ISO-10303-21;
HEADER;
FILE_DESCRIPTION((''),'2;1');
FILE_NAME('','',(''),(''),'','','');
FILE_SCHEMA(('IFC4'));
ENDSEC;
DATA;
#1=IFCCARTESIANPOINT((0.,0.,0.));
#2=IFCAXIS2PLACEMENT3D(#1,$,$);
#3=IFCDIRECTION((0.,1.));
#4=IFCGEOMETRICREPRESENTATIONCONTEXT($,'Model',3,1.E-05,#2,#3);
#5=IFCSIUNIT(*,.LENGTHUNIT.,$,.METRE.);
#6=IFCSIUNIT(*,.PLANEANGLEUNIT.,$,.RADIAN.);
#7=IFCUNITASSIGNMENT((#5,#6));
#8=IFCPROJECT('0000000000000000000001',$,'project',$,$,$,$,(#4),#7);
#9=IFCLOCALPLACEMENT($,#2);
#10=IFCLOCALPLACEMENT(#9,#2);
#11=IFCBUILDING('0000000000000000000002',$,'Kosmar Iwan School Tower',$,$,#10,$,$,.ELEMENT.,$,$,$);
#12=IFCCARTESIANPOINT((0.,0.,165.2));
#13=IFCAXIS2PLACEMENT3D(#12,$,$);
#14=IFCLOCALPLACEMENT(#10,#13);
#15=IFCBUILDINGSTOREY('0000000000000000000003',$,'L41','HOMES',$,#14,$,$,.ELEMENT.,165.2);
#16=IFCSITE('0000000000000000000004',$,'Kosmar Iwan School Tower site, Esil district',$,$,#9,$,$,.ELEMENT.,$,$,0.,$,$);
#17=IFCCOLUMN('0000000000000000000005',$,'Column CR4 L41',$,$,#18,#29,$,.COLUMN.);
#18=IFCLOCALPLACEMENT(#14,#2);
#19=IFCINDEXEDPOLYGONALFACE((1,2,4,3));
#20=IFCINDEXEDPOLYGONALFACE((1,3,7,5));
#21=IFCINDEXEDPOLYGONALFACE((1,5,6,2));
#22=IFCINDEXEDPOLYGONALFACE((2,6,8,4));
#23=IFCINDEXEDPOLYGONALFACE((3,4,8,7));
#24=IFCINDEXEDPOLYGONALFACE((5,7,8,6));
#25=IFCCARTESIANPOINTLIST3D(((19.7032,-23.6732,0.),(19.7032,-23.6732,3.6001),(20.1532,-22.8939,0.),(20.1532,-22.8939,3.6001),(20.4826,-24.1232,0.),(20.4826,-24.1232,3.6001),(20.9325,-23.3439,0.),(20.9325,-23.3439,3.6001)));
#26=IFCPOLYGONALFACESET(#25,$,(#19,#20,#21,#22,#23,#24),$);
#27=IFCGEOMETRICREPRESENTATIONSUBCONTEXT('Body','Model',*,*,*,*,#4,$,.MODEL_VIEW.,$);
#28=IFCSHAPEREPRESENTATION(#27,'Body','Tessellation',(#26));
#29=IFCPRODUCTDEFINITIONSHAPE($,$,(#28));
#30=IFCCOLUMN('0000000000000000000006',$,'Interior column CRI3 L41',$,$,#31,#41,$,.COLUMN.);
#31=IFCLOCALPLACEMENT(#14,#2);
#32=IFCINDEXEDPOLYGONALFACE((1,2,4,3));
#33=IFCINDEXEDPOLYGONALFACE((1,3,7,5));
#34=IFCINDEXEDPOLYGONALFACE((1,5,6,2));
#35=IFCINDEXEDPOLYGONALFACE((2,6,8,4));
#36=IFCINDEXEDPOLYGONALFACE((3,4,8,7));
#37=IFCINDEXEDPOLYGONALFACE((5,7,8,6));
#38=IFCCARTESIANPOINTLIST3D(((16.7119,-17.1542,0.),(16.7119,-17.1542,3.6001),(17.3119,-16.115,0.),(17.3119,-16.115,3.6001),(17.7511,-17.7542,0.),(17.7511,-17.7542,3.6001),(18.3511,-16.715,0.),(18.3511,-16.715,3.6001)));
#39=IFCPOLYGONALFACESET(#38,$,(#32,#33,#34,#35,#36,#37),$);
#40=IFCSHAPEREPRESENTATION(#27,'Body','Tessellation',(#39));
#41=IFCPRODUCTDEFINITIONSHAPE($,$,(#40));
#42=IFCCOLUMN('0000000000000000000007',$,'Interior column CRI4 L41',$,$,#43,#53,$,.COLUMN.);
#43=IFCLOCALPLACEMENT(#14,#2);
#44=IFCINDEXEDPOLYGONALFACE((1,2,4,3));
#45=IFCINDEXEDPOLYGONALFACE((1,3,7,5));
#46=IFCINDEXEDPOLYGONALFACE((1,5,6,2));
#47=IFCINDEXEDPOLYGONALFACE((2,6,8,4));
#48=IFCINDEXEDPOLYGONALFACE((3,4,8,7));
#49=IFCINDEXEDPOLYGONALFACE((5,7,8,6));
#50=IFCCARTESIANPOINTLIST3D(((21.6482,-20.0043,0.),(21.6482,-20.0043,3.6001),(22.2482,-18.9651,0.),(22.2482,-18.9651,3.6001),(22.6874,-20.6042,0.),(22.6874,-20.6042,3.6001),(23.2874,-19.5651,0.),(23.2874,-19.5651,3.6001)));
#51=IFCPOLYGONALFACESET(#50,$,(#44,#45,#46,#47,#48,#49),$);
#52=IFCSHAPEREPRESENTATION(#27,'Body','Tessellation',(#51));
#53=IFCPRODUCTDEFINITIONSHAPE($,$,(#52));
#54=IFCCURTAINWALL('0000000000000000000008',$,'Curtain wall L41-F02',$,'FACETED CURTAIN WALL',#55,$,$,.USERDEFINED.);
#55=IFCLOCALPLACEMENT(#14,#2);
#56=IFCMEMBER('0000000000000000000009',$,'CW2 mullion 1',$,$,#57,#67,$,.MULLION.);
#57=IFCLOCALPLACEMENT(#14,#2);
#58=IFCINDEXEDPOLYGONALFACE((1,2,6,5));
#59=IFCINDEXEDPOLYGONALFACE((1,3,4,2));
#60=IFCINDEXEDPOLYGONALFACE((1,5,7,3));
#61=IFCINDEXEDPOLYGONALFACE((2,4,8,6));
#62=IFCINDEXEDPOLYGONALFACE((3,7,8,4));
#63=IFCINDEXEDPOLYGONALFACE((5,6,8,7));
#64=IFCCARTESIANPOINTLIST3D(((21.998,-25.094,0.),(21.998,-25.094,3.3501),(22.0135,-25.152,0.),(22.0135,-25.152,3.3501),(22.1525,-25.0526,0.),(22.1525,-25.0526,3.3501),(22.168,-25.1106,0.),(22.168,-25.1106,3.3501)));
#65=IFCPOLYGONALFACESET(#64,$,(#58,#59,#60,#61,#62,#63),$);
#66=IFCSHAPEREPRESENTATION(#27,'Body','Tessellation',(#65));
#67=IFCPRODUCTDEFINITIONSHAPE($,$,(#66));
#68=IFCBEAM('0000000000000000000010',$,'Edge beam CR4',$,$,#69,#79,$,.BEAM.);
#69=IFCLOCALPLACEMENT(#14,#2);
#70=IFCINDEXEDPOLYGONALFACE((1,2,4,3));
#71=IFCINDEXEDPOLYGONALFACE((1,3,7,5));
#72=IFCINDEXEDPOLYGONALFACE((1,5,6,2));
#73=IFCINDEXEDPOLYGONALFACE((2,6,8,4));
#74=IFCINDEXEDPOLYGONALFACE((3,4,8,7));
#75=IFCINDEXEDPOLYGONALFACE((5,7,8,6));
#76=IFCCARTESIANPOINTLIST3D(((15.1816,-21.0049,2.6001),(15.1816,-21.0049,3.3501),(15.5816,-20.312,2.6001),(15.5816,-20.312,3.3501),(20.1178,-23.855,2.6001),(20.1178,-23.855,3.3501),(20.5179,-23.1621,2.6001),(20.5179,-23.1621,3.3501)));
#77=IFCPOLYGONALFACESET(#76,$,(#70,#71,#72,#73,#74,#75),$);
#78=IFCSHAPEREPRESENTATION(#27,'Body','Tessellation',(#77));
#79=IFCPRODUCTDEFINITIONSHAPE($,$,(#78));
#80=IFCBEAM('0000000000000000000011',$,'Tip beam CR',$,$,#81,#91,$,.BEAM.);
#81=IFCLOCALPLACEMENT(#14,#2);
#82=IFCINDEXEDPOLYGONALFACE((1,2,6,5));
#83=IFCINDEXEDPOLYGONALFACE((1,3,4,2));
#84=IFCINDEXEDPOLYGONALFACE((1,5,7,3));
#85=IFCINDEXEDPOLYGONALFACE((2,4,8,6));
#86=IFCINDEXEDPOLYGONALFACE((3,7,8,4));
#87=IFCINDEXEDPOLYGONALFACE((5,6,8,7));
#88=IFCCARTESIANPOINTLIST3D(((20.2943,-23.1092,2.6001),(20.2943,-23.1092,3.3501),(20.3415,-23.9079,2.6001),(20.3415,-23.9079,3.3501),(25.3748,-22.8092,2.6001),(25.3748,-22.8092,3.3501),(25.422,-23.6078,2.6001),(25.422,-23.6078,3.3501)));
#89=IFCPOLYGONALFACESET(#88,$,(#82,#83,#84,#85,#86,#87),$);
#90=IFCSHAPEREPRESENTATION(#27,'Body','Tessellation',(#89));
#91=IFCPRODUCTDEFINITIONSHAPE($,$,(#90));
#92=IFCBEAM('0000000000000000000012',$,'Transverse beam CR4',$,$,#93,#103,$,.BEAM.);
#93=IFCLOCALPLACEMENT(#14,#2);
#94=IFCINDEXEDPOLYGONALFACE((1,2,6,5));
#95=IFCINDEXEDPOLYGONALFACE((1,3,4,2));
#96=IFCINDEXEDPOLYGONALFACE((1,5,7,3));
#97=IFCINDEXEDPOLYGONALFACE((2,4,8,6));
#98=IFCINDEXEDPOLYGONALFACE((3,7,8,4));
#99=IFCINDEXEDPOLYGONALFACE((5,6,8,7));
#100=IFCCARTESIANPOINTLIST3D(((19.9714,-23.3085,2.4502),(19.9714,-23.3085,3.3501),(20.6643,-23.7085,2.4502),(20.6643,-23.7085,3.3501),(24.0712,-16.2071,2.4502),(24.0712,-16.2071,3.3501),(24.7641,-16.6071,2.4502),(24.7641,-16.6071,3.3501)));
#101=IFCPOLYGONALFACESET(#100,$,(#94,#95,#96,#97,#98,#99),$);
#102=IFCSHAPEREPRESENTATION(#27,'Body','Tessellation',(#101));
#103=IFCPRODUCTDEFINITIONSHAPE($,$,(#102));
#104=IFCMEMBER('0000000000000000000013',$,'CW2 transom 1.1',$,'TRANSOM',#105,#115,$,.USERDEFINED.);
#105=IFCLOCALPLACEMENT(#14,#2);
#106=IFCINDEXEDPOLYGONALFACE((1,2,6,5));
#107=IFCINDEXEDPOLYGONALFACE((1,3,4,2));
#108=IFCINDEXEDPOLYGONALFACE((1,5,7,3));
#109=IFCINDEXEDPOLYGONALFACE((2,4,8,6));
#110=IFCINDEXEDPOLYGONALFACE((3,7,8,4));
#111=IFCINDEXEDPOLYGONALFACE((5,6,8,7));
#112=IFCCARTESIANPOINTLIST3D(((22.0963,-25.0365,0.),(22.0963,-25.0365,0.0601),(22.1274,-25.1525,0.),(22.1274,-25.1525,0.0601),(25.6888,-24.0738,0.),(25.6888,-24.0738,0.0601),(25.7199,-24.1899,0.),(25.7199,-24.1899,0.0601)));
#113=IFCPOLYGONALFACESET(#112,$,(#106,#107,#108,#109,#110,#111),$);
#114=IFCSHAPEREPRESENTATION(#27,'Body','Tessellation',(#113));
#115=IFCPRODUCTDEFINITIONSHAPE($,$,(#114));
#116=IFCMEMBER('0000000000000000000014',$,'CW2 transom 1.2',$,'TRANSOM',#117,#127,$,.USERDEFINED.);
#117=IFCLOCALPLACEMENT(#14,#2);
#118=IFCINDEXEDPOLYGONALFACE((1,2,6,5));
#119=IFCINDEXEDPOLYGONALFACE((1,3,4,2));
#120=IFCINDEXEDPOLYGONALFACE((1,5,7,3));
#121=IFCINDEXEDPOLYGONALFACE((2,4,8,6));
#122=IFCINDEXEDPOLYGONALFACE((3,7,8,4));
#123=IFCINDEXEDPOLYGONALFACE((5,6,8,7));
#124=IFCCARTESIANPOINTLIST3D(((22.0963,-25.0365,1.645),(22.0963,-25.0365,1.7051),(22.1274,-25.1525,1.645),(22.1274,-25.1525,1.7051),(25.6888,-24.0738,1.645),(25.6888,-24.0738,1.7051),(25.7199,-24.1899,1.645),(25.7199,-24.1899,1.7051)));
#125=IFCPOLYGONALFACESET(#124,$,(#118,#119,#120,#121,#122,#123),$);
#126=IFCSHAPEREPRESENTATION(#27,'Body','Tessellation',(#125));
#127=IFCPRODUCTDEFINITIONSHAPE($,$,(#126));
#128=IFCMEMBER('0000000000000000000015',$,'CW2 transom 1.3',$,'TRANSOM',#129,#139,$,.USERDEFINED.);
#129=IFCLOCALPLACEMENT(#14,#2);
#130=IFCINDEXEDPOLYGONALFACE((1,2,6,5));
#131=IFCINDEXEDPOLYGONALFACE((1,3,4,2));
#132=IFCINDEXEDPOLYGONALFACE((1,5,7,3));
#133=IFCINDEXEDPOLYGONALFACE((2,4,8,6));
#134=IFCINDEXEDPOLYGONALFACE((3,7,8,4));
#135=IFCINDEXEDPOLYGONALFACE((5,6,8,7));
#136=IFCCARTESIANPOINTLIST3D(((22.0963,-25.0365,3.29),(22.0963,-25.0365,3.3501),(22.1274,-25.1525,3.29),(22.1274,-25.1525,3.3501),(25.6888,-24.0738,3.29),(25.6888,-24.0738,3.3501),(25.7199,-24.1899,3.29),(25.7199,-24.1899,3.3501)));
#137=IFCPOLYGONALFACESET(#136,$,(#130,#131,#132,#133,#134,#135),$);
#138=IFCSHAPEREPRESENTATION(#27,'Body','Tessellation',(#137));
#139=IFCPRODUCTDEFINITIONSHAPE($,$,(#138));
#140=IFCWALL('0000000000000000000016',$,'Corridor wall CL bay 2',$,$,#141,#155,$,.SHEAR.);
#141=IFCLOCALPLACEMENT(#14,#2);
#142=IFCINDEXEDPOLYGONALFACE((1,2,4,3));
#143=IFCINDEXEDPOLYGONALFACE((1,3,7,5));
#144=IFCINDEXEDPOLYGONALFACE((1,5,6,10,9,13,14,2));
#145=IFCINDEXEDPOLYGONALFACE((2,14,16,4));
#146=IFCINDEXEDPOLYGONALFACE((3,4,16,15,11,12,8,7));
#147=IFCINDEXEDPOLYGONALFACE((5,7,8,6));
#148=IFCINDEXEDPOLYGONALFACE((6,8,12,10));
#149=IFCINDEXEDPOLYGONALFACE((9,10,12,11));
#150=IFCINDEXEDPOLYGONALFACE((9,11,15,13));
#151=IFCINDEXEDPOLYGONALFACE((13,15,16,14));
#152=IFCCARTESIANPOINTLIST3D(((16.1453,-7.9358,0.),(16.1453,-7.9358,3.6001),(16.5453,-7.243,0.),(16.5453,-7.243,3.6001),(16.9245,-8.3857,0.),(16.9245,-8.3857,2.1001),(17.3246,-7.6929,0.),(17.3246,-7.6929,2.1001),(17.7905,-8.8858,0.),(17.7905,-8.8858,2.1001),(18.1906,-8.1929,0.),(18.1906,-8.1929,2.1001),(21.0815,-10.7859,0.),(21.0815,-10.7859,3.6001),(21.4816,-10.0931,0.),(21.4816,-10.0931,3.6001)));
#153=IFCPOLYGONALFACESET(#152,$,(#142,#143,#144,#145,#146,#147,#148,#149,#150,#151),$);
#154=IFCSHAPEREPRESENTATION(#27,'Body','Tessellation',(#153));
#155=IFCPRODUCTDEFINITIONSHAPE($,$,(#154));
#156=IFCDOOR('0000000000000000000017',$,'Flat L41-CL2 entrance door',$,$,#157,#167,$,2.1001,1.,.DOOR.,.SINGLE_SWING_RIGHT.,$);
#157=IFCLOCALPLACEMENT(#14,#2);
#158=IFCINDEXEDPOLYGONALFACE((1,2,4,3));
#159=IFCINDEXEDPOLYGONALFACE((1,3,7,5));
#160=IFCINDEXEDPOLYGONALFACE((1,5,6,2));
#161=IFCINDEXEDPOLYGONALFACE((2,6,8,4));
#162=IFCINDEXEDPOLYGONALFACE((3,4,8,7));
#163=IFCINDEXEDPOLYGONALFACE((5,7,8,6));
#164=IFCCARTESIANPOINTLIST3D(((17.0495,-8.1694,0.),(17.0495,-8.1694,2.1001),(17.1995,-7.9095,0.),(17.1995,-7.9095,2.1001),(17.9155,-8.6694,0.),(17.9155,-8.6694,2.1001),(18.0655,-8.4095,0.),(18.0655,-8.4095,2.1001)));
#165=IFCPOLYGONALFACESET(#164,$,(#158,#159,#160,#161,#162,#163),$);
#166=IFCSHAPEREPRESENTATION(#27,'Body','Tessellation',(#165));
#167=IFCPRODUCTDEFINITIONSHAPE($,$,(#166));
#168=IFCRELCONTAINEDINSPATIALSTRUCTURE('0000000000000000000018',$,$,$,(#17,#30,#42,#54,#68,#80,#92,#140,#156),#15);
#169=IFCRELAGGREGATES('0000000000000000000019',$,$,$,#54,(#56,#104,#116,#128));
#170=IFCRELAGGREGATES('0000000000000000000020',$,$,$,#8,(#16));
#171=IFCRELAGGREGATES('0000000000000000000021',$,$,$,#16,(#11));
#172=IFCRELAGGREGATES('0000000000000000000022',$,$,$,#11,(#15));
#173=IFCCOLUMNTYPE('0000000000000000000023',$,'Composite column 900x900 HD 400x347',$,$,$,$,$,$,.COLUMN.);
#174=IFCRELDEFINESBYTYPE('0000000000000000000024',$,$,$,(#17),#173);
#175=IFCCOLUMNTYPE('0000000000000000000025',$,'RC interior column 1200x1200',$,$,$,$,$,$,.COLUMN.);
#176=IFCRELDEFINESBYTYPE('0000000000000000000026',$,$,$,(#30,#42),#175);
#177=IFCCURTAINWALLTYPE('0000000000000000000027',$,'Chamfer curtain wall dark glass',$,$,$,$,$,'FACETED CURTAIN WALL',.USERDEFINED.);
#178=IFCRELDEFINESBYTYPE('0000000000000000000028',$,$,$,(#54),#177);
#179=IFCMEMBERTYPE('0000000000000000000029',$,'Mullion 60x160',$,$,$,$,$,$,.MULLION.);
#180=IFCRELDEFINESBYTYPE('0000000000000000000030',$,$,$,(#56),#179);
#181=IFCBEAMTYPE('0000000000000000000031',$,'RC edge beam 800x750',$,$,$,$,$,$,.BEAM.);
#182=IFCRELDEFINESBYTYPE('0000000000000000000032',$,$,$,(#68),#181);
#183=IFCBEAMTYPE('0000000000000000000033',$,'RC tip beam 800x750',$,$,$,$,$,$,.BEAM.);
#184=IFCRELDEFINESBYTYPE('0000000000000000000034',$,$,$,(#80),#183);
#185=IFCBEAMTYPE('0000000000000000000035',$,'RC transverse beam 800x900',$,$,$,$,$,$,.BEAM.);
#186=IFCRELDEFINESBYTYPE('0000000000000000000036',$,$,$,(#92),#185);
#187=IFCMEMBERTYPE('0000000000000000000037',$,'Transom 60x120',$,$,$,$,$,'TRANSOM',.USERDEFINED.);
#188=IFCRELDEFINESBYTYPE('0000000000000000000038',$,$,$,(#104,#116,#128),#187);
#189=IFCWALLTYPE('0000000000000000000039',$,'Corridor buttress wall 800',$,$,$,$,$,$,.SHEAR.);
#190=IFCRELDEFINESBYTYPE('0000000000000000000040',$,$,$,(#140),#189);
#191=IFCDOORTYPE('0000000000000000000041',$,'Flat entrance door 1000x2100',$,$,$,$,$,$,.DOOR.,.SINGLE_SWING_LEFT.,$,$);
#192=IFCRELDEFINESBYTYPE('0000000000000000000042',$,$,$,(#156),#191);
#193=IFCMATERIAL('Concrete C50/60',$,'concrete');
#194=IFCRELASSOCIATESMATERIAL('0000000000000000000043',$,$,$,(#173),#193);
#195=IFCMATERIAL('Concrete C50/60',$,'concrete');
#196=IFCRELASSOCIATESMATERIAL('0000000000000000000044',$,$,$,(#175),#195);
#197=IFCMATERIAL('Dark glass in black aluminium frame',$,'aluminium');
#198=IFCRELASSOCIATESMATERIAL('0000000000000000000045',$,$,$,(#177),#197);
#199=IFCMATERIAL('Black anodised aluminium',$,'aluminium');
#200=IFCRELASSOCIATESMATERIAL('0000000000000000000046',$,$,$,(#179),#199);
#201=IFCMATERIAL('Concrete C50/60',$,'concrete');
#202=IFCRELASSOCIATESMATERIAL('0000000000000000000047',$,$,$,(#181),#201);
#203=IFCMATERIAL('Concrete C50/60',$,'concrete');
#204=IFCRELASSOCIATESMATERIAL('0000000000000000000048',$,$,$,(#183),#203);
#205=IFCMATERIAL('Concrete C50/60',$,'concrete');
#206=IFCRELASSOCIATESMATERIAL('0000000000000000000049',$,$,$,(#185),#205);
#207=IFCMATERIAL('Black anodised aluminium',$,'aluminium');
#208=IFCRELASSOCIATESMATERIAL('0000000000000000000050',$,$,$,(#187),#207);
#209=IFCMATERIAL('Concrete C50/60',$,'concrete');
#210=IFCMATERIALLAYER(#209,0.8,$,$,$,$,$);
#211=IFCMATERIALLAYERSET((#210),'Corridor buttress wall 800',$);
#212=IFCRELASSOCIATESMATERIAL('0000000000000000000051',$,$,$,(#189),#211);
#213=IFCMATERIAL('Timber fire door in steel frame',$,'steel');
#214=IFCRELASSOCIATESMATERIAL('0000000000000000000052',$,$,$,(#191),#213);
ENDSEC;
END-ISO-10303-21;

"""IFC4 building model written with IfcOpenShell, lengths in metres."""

from ifc_helpers import new_model, si_unit, direction, frame, frame_2d, origin, origin_2d, place, context, subcontext, project, spatial, rectangle, extrude, material, layer, layer_set, material_profile, profile_set, type_object, element, fill, aggregate, save


model = new_model("IFC4")

# Units and contexts
model_context = context("Model", 3, precision=1e-05, world=origin(), true_north=direction((0.0, 1.0)))
body_context = subcontext(model_context, "Body", "Model", "MODEL_VIEW")
ifc_project = project(units=[si_unit("LENGTHUNIT", "METRE"), si_unit("PLANEANGLEUNIT", "RADIAN")], contexts=[model_context])

# Site, building, storey
site_placement = place(None, origin())
site = spatial("IfcSite", under=ifc_project, at=site_placement, Name="Kosmar Iwan School Tower site, Esil district", CompositionType="ELEMENT", RefElevation=0.0)
building_placement = place(site_placement, origin())
building = spatial("IfcBuilding", under=site, at=building_placement, Name="Kosmar Iwan School Tower", CompositionType="ELEMENT")
storey_placement = place(building_placement, frame((0.0, 0.0, 165.2)))
storey = spatial("IfcBuildingStorey", under=building, at=storey_placement, Name="L41", Description="HOMES", CompositionType="ELEMENT", Elevation=165.2)

# Columns
ifc_material_1 = material(Name="Concrete C50/60", Category="concrete")
ifc_material_profile_1 = material_profile(ifc_material_1, rectangle(XDim=0.8999, YDim=0.8999, at=origin_2d()), Name="RC 900x900 + HD 400x347")
ifc_profile_set_1 = profile_set([ifc_material_profile_1], Name="Concrete C50/60")
column_type_1 = type_object("IfcColumnType", Name="Composite column 900x900 HD 400x347", PredefinedType="COLUMN", material=ifc_profile_set_1)
column_placement = place(storey_placement, frame((20.3179, -23.5085, 0.0), z_axis=(0.0, 0.0, 1.0), x_axis=(0.866025, -0.5, 0.0)))
element("IfcColumn", 1, at=column_placement, inside=storey, type_object=column_type_1, Name="Column CR4 L41", PredefinedType="COLUMN", context=body_context, shape_type="SweptSolid", body=[
    extrude(rectangle(XDim=0.8999, YDim=0.8999, at=origin_2d()), origin(), (0.0, 0.0, 1.0), 3.6001),
])
ifc_material_2 = material(Name="Concrete C50/60", Category="concrete")
ifc_material_profile_2 = material_profile(ifc_material_2, rectangle(XDim=1.2, YDim=1.2, at=origin_2d()), Name="RC 1200x1200")
ifc_profile_set_2 = profile_set([ifc_material_profile_2], Name="Concrete C50/60")
column_type_2 = type_object("IfcColumnType", Name="RC interior column 1200x1200", PredefinedType="COLUMN", material=ifc_profile_set_2)
for number, where, z_axis, x_axis, name in (
    (2, (17.5315, -16.9346, 0.0), (0.0, 0.0, 1.0), (0.866025, -0.5, 0.0), "Interior column CRI3 L41"),
    (3, (22.4678, -19.7847, 0.0), (0.0, 0.0, 1.0), (0.866025, -0.5, 0.0), "Interior column CRI4 L41"),
):
    element("IfcColumn", number, at=place(storey_placement, frame(where, z_axis=z_axis, x_axis=x_axis)), inside=storey, type_object=column_type_2, Name=name, PredefinedType="COLUMN", context=body_context, shape_type="SweptSolid", body=[
        extrude(rectangle(XDim=1.2, YDim=1.2, at=origin_2d()), origin(), (0.0, 0.0, 1.0), 3.6001),
    ])

# Curtain wall, member
ifc_material_3 = material(Name="Dark glass in black aluminium frame", Category="aluminium")
curtain_wall_type = type_object("IfcCurtainWallType", Name="Chamfer curtain wall dark glass", ElementType="FACETED CURTAIN WALL", PredefinedType="USERDEFINED", material=ifc_material_3)
curtain_wall_placement = place(storey_placement, origin())
curtain_wall = element("IfcCurtainWall", 4, at=curtain_wall_placement, inside=storey, type_object=curtain_wall_type, Name="Curtain wall L41-F02", ObjectType="FACETED CURTAIN WALL", PredefinedType="USERDEFINED")
ifc_material_4 = material(Name="Black anodised aluminium", Category="aluminium")
ifc_material_profile_3 = material_profile(ifc_material_4, rectangle(XDim=0.0601, YDim=0.1599, at=origin_2d()), Name="MULLION 60x160")
ifc_profile_set_3 = profile_set([ifc_material_profile_3], Name="Black anodised aluminium")
member_type_1 = type_object("IfcMemberType", Name="Mullion 60x160", PredefinedType="MULLION", material=ifc_profile_set_3)
member_1_placement = place(storey_placement, frame((22.083, -25.1023, 0.0), z_axis=(0.0, 0.0, 1.0), x_axis=(-0.258819, 0.965926, 0.0)))
member_1 = element("IfcMember", 5, at=member_1_placement, type_object=member_type_1, Name="CW2 mullion 1", PredefinedType="MULLION", context=body_context, shape_type="SweptSolid", body=[
    extrude(rectangle(XDim=0.0601, YDim=0.1599, at=origin_2d()), origin(), (0.0, 0.0, 1.0), 3.3501),
])

# Beams
ifc_material_5 = material(Name="Concrete C50/60", Category="concrete")
ifc_material_profile_4 = material_profile(ifc_material_5, rectangle(XDim=0.8, YDim=0.75, at=origin_2d()), Name="RC 800x750")
ifc_profile_set_4 = profile_set([ifc_material_profile_4], Name="Concrete C50/60")
beam_type_1 = type_object("IfcBeamType", Name="RC edge beam 800x750", PredefinedType="BEAM", material=ifc_profile_set_4)
beam_1_placement = place(storey_placement, frame((15.3816, -20.6584, 2.9751), z_axis=(0.866015, -0.500018, 0.0), x_axis=(0.500018, 0.866015, 0.0)))
element("IfcBeam", 6, at=beam_1_placement, inside=storey, type_object=beam_type_1, Name="Edge beam CR4", PredefinedType="BEAM", context=body_context, shape_type="SweptSolid", body=[
    extrude(rectangle(XDim=0.8, YDim=0.75, at=origin_2d()), origin(), (0.0, 0.0, 1.0), 5.7),
])
ifc_material_6 = material(Name="Concrete C50/60", Category="concrete")
ifc_material_profile_5 = material_profile(ifc_material_6, rectangle(XDim=0.8, YDim=0.75, at=origin_2d()), Name="RC 800x750")
ifc_profile_set_5 = profile_set([ifc_material_profile_5], Name="Concrete C50/60")
beam_type_2 = type_object("IfcBeamType", Name="RC tip beam 800x750", PredefinedType="BEAM", material=ifc_profile_set_5)
beam_2_placement = place(storey_placement, frame((20.3179, -23.5085, 2.9751), z_axis=(0.998261, 0.058955, 0.0), x_axis=(-0.058955, 0.998261, 0.0)))
element("IfcBeam", 7, at=beam_2_placement, inside=storey, type_object=beam_type_2, Name="Tip beam CR", PredefinedType="BEAM", context=body_context, shape_type="SweptSolid", body=[
    extrude(rectangle(XDim=0.8, YDim=0.75, at=origin_2d()), origin(), (0.0, 0.0, 1.0), 5.0894),
])
ifc_material_7 = material(Name="Concrete C50/60", Category="concrete")
ifc_material_profile_6 = material_profile(ifc_material_7, rectangle(XDim=0.8, YDim=0.8999, at=origin_2d()), Name="RC 800x900")
ifc_profile_set_6 = profile_set([ifc_material_profile_6], Name="Concrete C50/60")
beam_type_3 = type_object("IfcBeamType", Name="RC transverse beam 800x900", PredefinedType="BEAM", material=ifc_profile_set_6)
beam_3_placement = place(storey_placement, frame((20.3179, -23.5085, 2.9001), z_axis=(0.499978, 0.866038, 0.0), x_axis=(-0.866038, 0.499978, 0.0)))
element("IfcBeam", 8, at=beam_3_placement, inside=storey, type_object=beam_type_3, Name="Transverse beam CR4", PredefinedType="BEAM", context=body_context, shape_type="SweptSolid", body=[
    extrude(rectangle(XDim=0.8, YDim=0.8999, at=origin_2d()), origin(), (0.0, 0.0, 1.0), 8.2),
])

# Members
ifc_material_8 = material(Name="Black anodised aluminium", Category="aluminium")
ifc_material_profile_7 = material_profile(ifc_material_8, rectangle(XDim=0.1201, YDim=0.0601, at=origin_2d()), Name="TRANSOM 60x120")
ifc_profile_set_7 = profile_set([ifc_material_profile_7], Name="Black anodised aluminium")
member_type_2 = type_object("IfcMemberType", Name="Transom 60x120", ElementType="TRANSOM", PredefinedType="USERDEFINED", material=ifc_profile_set_7)
member_2_placement = place(storey_placement, frame((22.1118, -25.0945, 0.03), z_axis=(0.965924, 0.258827, 0.0), x_axis=(-0.258827, 0.965924, 0.0)))
member_2 = element("IfcMember", 9, at=member_2_placement, type_object=member_type_2, Name="CW2 transom 1.1", ObjectType="TRANSOM", PredefinedType="USERDEFINED", context=body_context, shape_type="SweptSolid", body=[
    extrude(rectangle(XDim=0.1201, YDim=0.0601, at=origin_2d()), origin(), (0.0, 0.0, 1.0), 3.7192),
])
member_3_placement = place(storey_placement, frame((22.1118, -25.0945, 1.675), z_axis=(0.965924, 0.258827, 0.0), x_axis=(-0.258827, 0.965924, 0.0)))
member_3 = element("IfcMember", 10, at=member_3_placement, type_object=member_type_2, Name="CW2 transom 1.2", ObjectType="TRANSOM", PredefinedType="USERDEFINED", context=body_context, shape_type="SweptSolid", body=[
    extrude(rectangle(XDim=0.1201, YDim=0.0601, at=origin_2d()), origin(), (0.0, 0.0, 1.0), 3.7192),
])
member_4_placement = place(storey_placement, frame((22.1118, -25.0945, 3.3201), z_axis=(0.965924, 0.258827, 0.0), x_axis=(-0.258827, 0.965924, 0.0)))
member_4 = element("IfcMember", 11, at=member_4_placement, type_object=member_type_2, Name="CW2 transom 1.3", ObjectType="TRANSOM", PredefinedType="USERDEFINED", context=body_context, shape_type="SweptSolid", body=[
    extrude(rectangle(XDim=0.1201, YDim=0.0601, at=origin_2d()), origin(), (0.0, 0.0, 1.0), 3.7192),
])
aggregate(curtain_wall, [member_1, member_2, member_3, member_4])

# Wall, opening, door
ifc_material_9 = material(Name="Concrete C50/60", Category="concrete")
ifc_layer_1 = layer(ifc_material_9, 0.8)
ifc_layer_set_1 = layer_set([ifc_layer_1], Name="Corridor buttress wall 800")
wall_type_1 = type_object("IfcWallType", Name="Corridor buttress wall 800", PredefinedType="SHEAR", material=ifc_layer_set_1)
wall_1_placement = place(storey_placement, frame((16.3452, -7.5894, 0.0), z_axis=(0.0, 0.0, 1.0), x_axis=(0.866015, -0.500018, 0.0)))
wall_1 = element("IfcWall", 12, at=wall_1_placement, inside=storey, type_object=wall_type_1, Name="Corridor wall CL bay 2", PredefinedType="SHEAR", context=body_context, shape_type="SweptSolid", body=[
    extrude(rectangle(XDim=5.7, YDim=0.8, at=frame_2d((2.8501, 0.0))), origin(), (0.0, 0.0, 1.0), 3.6001),
])
opening_1_placement = place(wall_1_placement, frame((0.8999, 0.0, 0.0)))
opening_1 = element("IfcOpeningElement", 13, at=opening_1_placement, cuts=wall_1, PredefinedType="OPENING", context=body_context, shape_type="SweptSolid", body=[
    extrude(rectangle(XDim=1.0, YDim=2.1001, at=frame_2d((0.5, 1.05))), frame((0.0, 0.4121, 0.0), z_axis=(0.0, -1.0, 0.0), x_axis=(1.0, 0.0, 0.0)), (0.0, 0.0, 1.0), 0.824),
])
ifc_material_10 = material(Name="Timber fire door in steel frame", Category="steel")
door_type_1 = type_object("IfcDoorType", Name="Flat entrance door 1000x2100", OperationType="SINGLE_SWING_LEFT", PredefinedType="DOOR", material=ifc_material_10)
door_1_placement = place(opening_1_placement, origin())
door_1 = element("IfcDoor", 14, at=door_1_placement, inside=storey, type_object=door_type_1, Name="Flat L41-CL2 entrance door", OperationType="SINGLE_SWING_RIGHT", OverallHeight=2.1001, OverallWidth=1.0, PredefinedType="DOOR", context=body_context, shape_type="SweptSolid", body=[
    extrude(rectangle(XDim=1.0, YDim=2.1001, at=frame_2d((0.5, 1.05))), frame((0.0, 0.1499, 0.0), z_axis=(0.0, -1.0, 0.0), x_axis=(1.0, 0.0, 0.0)), (0.0, 0.0, 1.0), 0.3),
])
fill(opening_1, door_1)

save(model, "model.ifc")
